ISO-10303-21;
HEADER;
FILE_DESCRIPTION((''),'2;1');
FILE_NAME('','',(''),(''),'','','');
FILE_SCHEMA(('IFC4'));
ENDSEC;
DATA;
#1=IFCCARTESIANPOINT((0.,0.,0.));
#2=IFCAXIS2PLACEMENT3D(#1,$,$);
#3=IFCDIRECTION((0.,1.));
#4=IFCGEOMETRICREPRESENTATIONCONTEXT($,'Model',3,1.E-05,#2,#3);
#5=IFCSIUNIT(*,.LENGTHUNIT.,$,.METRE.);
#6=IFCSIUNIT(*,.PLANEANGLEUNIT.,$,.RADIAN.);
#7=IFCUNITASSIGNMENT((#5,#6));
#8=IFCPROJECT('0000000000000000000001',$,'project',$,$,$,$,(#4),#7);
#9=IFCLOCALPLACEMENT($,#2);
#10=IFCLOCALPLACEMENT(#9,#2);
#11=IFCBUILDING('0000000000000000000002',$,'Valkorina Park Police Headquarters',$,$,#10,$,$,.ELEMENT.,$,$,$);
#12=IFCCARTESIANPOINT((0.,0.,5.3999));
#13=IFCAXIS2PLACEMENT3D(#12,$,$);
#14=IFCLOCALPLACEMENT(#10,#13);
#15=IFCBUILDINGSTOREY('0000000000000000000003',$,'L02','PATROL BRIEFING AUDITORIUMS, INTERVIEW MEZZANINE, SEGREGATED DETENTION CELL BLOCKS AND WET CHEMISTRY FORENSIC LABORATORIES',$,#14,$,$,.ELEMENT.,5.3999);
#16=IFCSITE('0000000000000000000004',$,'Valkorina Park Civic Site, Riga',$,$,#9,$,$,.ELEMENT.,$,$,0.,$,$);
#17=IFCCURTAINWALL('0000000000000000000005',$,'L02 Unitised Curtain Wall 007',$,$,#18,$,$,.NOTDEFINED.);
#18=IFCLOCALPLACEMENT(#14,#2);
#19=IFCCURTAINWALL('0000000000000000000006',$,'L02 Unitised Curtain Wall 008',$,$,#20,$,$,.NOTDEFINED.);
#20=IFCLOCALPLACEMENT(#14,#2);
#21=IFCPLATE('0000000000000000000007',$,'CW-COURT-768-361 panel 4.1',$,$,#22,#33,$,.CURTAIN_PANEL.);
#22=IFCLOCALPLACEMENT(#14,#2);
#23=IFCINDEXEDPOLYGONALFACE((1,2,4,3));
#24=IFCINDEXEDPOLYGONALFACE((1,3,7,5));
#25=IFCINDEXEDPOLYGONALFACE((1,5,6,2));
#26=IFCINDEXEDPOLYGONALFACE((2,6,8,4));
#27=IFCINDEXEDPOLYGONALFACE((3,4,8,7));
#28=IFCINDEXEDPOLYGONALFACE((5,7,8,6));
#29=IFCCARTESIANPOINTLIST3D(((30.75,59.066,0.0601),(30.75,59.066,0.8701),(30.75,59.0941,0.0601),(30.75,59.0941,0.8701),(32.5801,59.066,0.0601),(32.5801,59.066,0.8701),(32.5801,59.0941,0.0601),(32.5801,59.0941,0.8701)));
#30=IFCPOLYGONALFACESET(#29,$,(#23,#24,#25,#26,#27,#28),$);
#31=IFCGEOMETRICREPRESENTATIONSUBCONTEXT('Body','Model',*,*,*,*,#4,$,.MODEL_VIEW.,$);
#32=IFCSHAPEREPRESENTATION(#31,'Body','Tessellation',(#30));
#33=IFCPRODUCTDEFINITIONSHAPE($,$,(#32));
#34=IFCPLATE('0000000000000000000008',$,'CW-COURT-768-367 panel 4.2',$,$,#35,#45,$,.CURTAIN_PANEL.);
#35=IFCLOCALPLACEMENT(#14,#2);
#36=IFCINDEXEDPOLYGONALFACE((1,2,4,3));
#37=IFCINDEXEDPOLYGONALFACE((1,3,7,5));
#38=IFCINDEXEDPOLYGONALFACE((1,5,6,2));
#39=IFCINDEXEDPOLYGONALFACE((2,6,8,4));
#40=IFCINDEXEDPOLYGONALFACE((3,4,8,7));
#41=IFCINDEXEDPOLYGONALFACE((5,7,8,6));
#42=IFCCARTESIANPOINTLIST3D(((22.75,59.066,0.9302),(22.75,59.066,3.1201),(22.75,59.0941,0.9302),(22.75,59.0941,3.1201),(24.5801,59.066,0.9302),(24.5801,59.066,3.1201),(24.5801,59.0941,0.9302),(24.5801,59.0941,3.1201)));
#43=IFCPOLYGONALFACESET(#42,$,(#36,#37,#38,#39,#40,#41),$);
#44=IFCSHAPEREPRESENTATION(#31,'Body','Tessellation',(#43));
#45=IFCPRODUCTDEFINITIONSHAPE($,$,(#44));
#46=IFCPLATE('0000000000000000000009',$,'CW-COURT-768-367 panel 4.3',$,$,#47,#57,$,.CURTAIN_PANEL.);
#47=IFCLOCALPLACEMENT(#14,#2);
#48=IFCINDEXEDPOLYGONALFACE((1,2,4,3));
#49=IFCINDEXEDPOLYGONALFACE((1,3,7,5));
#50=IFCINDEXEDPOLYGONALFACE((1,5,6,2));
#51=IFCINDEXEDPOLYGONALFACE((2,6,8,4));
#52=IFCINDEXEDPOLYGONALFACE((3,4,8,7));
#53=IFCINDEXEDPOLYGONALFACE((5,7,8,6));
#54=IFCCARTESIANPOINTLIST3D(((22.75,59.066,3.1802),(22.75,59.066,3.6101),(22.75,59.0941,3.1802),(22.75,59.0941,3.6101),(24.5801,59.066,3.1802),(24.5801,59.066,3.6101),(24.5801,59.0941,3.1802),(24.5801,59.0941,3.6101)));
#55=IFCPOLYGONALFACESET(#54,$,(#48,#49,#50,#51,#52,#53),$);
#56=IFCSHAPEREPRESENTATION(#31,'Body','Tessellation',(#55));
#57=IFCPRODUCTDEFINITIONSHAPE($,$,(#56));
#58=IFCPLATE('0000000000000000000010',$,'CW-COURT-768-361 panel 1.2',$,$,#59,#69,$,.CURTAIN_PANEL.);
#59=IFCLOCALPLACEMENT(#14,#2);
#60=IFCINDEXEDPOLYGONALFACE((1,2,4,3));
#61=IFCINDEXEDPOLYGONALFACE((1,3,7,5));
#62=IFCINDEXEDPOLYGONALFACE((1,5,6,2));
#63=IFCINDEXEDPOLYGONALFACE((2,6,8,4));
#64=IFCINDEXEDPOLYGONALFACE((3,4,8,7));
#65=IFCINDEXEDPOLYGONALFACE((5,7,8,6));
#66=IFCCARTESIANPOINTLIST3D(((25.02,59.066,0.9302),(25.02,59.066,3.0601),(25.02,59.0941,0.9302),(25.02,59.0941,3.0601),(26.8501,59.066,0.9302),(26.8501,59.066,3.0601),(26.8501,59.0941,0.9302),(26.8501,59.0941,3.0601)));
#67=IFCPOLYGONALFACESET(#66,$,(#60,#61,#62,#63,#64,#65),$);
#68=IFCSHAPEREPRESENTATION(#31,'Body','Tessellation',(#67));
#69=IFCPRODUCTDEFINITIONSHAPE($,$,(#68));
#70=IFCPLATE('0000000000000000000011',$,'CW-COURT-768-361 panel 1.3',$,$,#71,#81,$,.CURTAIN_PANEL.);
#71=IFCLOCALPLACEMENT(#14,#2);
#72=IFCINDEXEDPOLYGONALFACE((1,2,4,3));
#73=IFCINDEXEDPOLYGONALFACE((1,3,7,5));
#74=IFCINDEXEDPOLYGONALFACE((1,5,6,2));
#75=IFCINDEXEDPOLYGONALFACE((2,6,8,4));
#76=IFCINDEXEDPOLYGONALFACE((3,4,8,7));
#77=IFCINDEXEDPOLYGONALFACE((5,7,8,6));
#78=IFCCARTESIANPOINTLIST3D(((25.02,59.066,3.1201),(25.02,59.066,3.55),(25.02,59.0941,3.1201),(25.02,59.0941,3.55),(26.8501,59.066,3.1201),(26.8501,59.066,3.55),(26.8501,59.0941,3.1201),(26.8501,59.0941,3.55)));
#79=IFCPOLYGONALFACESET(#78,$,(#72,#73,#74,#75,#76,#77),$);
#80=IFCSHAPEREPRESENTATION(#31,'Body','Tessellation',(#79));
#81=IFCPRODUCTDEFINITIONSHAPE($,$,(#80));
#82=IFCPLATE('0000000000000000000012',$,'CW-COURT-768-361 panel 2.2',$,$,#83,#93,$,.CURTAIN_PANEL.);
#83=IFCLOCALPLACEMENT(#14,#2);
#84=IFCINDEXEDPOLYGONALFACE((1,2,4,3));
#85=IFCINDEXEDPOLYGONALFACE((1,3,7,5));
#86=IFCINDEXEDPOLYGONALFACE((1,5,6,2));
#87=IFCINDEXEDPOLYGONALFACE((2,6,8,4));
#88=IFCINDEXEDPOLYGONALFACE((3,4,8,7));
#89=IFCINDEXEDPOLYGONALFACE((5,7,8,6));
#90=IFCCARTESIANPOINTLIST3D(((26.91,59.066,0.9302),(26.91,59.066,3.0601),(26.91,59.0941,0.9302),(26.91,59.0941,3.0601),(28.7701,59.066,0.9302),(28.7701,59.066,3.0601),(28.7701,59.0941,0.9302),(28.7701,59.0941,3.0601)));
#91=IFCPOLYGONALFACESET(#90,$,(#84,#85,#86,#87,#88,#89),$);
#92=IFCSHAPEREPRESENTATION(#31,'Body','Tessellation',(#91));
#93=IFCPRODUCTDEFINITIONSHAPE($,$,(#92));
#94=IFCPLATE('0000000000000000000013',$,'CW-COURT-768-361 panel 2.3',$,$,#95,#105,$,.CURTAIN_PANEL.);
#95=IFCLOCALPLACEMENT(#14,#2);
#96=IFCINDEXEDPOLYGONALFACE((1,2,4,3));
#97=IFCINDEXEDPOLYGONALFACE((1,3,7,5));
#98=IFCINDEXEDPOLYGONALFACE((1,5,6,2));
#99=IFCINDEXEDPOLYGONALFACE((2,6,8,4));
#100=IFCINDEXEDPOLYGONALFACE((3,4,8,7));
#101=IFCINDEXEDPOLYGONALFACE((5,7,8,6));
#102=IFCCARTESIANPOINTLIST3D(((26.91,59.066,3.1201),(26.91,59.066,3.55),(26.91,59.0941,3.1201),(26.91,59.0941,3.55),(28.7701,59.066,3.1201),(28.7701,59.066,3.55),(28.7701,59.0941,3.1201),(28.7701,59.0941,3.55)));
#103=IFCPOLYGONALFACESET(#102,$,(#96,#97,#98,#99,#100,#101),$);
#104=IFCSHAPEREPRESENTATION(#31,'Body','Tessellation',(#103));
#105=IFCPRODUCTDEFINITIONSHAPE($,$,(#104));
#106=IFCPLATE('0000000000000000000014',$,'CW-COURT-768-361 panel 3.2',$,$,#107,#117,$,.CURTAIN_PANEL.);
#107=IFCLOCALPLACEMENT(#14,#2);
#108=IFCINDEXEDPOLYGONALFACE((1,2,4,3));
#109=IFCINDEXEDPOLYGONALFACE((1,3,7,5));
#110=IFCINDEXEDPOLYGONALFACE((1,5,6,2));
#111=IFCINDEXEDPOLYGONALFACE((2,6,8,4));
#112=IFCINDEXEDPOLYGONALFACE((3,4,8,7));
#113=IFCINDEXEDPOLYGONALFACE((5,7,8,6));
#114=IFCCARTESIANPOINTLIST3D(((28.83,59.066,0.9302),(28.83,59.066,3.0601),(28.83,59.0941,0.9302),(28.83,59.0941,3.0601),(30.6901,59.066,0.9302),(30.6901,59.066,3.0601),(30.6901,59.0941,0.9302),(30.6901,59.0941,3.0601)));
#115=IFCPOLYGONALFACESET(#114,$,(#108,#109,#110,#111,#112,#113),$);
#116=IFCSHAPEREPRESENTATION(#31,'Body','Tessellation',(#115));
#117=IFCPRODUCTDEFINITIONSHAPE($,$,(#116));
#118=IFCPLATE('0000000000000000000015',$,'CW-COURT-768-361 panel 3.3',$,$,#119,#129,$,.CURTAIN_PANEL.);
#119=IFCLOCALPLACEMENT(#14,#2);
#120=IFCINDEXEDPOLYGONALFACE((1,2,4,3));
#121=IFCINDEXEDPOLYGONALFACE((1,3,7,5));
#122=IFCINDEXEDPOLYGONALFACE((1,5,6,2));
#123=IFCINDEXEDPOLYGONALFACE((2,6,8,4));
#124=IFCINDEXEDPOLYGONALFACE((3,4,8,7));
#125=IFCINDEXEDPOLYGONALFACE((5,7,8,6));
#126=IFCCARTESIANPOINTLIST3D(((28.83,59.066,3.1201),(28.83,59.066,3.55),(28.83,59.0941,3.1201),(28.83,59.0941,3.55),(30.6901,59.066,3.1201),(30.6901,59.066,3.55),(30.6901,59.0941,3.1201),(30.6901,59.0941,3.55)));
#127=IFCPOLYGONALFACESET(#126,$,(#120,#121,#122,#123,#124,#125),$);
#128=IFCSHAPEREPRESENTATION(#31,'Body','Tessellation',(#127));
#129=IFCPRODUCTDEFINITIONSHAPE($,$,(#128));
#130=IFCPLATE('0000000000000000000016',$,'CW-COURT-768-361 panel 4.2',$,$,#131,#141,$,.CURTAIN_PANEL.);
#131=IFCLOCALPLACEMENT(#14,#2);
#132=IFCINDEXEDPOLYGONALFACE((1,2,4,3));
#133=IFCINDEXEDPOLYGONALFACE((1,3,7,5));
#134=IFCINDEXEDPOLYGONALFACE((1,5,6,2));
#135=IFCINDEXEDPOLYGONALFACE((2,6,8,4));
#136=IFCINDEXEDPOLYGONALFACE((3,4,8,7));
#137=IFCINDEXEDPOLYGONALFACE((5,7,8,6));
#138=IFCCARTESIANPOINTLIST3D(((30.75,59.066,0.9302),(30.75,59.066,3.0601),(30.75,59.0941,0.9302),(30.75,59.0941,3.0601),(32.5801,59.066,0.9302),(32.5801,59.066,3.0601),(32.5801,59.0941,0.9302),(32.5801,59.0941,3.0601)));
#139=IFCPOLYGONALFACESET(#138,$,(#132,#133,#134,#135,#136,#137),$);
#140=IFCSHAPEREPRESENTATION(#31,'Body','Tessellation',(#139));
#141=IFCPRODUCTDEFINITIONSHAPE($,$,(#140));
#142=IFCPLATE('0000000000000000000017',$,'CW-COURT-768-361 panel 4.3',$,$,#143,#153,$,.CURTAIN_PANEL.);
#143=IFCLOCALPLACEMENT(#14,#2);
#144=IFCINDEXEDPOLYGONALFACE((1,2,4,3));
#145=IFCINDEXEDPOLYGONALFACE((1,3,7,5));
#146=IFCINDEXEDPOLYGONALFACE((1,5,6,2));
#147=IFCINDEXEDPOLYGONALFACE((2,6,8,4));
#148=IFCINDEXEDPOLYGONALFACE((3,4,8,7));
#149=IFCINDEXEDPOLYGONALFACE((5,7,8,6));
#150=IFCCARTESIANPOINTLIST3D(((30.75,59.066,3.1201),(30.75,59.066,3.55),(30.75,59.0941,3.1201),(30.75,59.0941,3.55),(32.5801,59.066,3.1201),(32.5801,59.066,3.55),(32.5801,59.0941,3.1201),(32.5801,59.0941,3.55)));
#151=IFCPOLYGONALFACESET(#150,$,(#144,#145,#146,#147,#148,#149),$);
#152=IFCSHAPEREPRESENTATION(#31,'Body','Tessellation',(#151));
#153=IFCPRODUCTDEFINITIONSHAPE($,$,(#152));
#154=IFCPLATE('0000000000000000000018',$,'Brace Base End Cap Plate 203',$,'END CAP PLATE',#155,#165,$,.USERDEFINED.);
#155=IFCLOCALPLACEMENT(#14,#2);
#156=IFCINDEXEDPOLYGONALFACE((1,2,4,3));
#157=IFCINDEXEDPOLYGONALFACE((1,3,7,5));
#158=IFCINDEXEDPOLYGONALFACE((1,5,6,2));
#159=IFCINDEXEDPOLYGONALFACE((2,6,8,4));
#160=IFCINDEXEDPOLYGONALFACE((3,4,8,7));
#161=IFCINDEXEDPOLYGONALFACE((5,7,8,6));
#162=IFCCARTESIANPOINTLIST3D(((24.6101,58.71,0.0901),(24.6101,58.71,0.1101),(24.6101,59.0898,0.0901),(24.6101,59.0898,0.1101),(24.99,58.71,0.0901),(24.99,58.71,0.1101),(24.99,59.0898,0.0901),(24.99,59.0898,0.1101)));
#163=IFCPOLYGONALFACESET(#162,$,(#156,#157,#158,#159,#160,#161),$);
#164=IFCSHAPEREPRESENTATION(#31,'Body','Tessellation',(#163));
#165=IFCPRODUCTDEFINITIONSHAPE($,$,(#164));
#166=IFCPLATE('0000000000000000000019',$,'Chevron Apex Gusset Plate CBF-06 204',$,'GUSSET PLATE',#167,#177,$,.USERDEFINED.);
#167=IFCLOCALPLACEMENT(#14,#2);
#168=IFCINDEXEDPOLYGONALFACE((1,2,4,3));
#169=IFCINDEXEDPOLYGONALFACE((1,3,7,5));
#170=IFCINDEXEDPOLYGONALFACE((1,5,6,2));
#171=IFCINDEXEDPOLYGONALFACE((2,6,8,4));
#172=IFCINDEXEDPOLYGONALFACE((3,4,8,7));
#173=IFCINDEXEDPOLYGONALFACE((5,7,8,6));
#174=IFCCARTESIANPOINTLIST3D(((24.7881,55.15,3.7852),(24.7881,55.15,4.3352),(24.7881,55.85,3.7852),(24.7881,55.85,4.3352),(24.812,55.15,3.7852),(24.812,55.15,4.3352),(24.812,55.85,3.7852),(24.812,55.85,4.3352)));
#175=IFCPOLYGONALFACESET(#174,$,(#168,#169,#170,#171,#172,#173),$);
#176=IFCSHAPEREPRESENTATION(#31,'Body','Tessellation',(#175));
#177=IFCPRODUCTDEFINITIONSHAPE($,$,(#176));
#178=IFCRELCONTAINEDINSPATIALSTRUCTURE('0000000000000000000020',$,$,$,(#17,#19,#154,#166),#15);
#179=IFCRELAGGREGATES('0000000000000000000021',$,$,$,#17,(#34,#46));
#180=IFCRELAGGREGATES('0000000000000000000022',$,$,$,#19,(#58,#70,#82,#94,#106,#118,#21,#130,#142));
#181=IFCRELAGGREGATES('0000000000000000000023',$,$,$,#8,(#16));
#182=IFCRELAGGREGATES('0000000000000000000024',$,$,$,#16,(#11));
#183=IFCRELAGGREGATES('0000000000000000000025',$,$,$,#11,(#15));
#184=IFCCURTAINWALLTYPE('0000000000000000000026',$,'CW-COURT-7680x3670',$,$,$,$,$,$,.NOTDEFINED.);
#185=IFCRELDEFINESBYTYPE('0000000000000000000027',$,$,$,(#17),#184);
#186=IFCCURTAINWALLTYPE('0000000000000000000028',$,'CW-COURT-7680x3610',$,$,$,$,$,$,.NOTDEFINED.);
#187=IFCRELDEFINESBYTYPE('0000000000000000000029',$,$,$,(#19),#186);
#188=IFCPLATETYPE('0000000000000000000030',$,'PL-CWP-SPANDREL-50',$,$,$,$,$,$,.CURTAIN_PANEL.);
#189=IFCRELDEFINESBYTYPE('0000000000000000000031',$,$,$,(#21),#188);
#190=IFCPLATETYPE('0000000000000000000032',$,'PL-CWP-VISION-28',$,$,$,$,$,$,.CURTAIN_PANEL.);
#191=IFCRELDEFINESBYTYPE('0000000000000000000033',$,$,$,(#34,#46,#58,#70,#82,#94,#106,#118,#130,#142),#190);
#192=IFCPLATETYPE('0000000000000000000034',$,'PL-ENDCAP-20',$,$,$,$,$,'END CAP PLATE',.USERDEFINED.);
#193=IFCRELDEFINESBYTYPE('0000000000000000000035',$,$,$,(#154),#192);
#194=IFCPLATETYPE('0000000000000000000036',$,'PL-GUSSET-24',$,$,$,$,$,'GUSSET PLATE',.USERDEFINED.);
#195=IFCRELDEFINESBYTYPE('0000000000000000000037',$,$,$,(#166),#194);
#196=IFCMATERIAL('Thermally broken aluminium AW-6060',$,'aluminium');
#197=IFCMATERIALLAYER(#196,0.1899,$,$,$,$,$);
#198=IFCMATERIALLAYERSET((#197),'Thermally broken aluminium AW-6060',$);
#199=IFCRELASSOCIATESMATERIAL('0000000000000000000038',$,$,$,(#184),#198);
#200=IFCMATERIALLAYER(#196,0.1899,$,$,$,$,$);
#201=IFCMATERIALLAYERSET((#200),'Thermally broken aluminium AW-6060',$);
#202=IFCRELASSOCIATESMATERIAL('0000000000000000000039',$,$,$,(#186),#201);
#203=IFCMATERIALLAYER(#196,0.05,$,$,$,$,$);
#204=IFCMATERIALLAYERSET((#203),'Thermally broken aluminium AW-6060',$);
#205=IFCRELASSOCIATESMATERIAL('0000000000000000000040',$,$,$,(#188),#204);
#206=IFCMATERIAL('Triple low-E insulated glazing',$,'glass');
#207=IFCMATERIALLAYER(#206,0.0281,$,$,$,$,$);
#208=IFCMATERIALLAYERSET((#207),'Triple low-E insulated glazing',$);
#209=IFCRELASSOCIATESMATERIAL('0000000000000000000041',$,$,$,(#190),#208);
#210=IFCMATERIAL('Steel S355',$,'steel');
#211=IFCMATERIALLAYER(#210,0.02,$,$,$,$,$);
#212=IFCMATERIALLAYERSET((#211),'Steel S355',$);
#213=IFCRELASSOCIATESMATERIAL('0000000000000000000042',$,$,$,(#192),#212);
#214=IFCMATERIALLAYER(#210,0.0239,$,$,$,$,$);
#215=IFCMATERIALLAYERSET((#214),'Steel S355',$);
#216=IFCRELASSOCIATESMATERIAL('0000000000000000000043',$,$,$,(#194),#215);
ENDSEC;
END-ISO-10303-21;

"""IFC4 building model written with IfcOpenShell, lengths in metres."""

from ifc_helpers import new_model, si_unit, direction, frame, origin, origin_2d, place, context, subcontext, project, spatial, rectangle, extrude, material, layer, layer_set, type_object, element, aggregate, save


model = new_model("IFC4")

# Units and contexts
model_context = context("Model", 3, precision=1e-05, world=origin(), true_north=direction((0.0, 1.0)))
body_context = subcontext(model_context, "Body", "Model", "MODEL_VIEW")
ifc_project = project(units=[si_unit("LENGTHUNIT", "METRE"), si_unit("PLANEANGLEUNIT", "RADIAN")], contexts=[model_context])

# Site, building, storey
site_placement = place(None, origin())
site = spatial("IfcSite", under=ifc_project, at=site_placement, Name="Valkorina Park Civic Site, Riga", CompositionType="ELEMENT", RefElevation=0.0)
building_placement = place(site_placement, origin())
building = spatial("IfcBuilding", under=site, at=building_placement, Name="Valkorina Park Police Headquarters", CompositionType="ELEMENT")
storey_placement = place(building_placement, frame((0.0, 0.0, 5.3999)))
storey = spatial("IfcBuildingStorey", under=building, at=storey_placement, Name="L02", Description="PATROL BRIEFING AUDITORIUMS, INTERVIEW MEZZANINE, SEGREGATED DETENTION CELL BLOCKS AND WET CHEMISTRY FORENSIC LABORATORIES", CompositionType="ELEMENT", Elevation=5.3999)

# Curtain wall
ifc_material_1 = material(Name="Thermally broken aluminium AW-6060", Category="aluminium")
ifc_layer_1 = layer(ifc_material_1, 0.1899)
ifc_layer_set_1 = layer_set([ifc_layer_1], Name="Thermally broken aluminium AW-6060")
curtain_wall_type_1 = type_object("IfcCurtainWallType", Name="CW-COURT-7680x3670", PredefinedType="NOTDEFINED", material=ifc_layer_set_1)
curtain_wall_1_placement = place(storey_placement, origin())
curtain_wall_1 = element("IfcCurtainWall", 1, at=curtain_wall_1_placement, inside=storey, type_object=curtain_wall_type_1, Name="L02 Unitised Curtain Wall 007", PredefinedType="NOTDEFINED")

# Curtain wall
ifc_layer_2 = layer(ifc_material_1, 0.1899)
ifc_layer_set_2 = layer_set([ifc_layer_2], Name="Thermally broken aluminium AW-6060")
curtain_wall_type_2 = type_object("IfcCurtainWallType", Name="CW-COURT-7680x3610", PredefinedType="NOTDEFINED", material=ifc_layer_set_2)
curtain_wall_2_placement = place(storey_placement, origin())
curtain_wall_2 = element("IfcCurtainWall", 2, at=curtain_wall_2_placement, inside=storey, type_object=curtain_wall_type_2, Name="L02 Unitised Curtain Wall 008", PredefinedType="NOTDEFINED")

# Shared definitions
ifc_material_2 = material(Name="Steel S355", Category="steel")

# Plates
ifc_layer_3 = layer(ifc_material_1, 0.05)
ifc_layer_set_3 = layer_set([ifc_layer_3], Name="Thermally broken aluminium AW-6060")
plate_type_1 = type_object("IfcPlateType", Name="PL-CWP-SPANDREL-50", PredefinedType="CURTAIN_PANEL", material=ifc_layer_set_3)
plate_1_placement = place(storey_placement, frame((31.665, 59.0801, 0.0601), z_axis=(0.0, 0.0, 1.0), x_axis=(1.0, 0.0, 0.0)))
plate_1 = element("IfcPlate", 3, at=plate_1_placement, type_object=plate_type_1, Name="CW-COURT-768-361 panel 4.1", PredefinedType="CURTAIN_PANEL", context=body_context, shape_type="SweptSolid", body=[
    extrude(rectangle(XDim=1.8301, YDim=0.0281, at=origin_2d()), origin(), (0.0, 0.0, 1.0), 0.8101),
])
ifc_material_3 = material(Name="Triple low-E insulated glazing", Category="glass")
ifc_layer_4 = layer(ifc_material_3, 0.0281)
ifc_layer_set_4 = layer_set([ifc_layer_4], Name="Triple low-E insulated glazing")
plate_type_2 = type_object("IfcPlateType", Name="PL-CWP-VISION-28", PredefinedType="CURTAIN_PANEL", material=ifc_layer_set_4)
plate_2_placement = place(storey_placement, frame((23.665, 59.0801, 0.9302), z_axis=(0.0, 0.0, 1.0), x_axis=(1.0, 0.0, 0.0)))
plate_2 = element("IfcPlate", 4, at=plate_2_placement, type_object=plate_type_2, Name="CW-COURT-768-367 panel 4.2", PredefinedType="CURTAIN_PANEL", context=body_context, shape_type="SweptSolid", body=[
    extrude(rectangle(XDim=1.8301, YDim=0.0281, at=origin_2d()), origin(), (0.0, 0.0, 1.0), 2.1899),
])
plate_3_placement = place(storey_placement, frame((23.665, 59.0801, 3.1802), z_axis=(0.0, 0.0, 1.0), x_axis=(1.0, 0.0, 0.0)))
plate_3 = element("IfcPlate", 5, at=plate_3_placement, type_object=plate_type_2, Name="CW-COURT-768-367 panel 4.3", PredefinedType="CURTAIN_PANEL", context=body_context, shape_type="SweptSolid", body=[
    extrude(rectangle(XDim=1.8301, YDim=0.0281, at=origin_2d()), origin(), (0.0, 0.0, 1.0), 0.4299),
])
aggregate(curtain_wall_1, [plate_2, plate_3])
plate_4_placement = place(storey_placement, frame((25.9351, 59.0801, 0.9302), z_axis=(0.0, 0.0, 1.0), x_axis=(1.0, 0.0, 0.0)))
plate_4 = element("IfcPlate", 6, at=plate_4_placement, type_object=plate_type_2, Name="CW-COURT-768-361 panel 1.2", PredefinedType="CURTAIN_PANEL", context=body_context, shape_type="SweptSolid", body=[
    extrude(rectangle(XDim=1.8301, YDim=0.0281, at=origin_2d()), origin(), (0.0, 0.0, 1.0), 2.1299),
])
plate_5_placement = place(storey_placement, frame((25.9351, 59.0801, 3.1201), z_axis=(0.0, 0.0, 1.0), x_axis=(1.0, 0.0, 0.0)))
plate_5 = element("IfcPlate", 7, at=plate_5_placement, type_object=plate_type_2, Name="CW-COURT-768-361 panel 1.3", PredefinedType="CURTAIN_PANEL", context=body_context, shape_type="SweptSolid", body=[
    extrude(rectangle(XDim=1.8301, YDim=0.0281, at=origin_2d()), origin(), (0.0, 0.0, 1.0), 0.4299),
])
plate_6_placement = place(storey_placement, frame((27.8401, 59.0801, 0.9302), z_axis=(0.0, 0.0, 1.0), x_axis=(1.0, 0.0, 0.0)))
plate_6 = element("IfcPlate", 8, at=plate_6_placement, type_object=plate_type_2, Name="CW-COURT-768-361 panel 2.2", PredefinedType="CURTAIN_PANEL", context=body_context, shape_type="SweptSolid", body=[
    extrude(rectangle(XDim=1.8601, YDim=0.0281, at=origin_2d()), origin(), (0.0, 0.0, 1.0), 2.1299),
])
plate_7_placement = place(storey_placement, frame((27.8401, 59.0801, 3.1201), z_axis=(0.0, 0.0, 1.0), x_axis=(1.0, 0.0, 0.0)))
plate_7 = element("IfcPlate", 9, at=plate_7_placement, type_object=plate_type_2, Name="CW-COURT-768-361 panel 2.3", PredefinedType="CURTAIN_PANEL", context=body_context, shape_type="SweptSolid", body=[
    extrude(rectangle(XDim=1.8601, YDim=0.0281, at=origin_2d()), origin(), (0.0, 0.0, 1.0), 0.4299),
])
plate_8_placement = place(storey_placement, frame((29.76, 59.0801, 0.9302), z_axis=(0.0, 0.0, 1.0), x_axis=(1.0, 0.0, 0.0)))
plate_8 = element("IfcPlate", 10, at=plate_8_placement, type_object=plate_type_2, Name="CW-COURT-768-361 panel 3.2", PredefinedType="CURTAIN_PANEL", context=body_context, shape_type="SweptSolid", body=[
    extrude(rectangle(XDim=1.8601, YDim=0.0281, at=origin_2d()), origin(), (0.0, 0.0, 1.0), 2.1299),
])
plate_9_placement = place(storey_placement, frame((29.76, 59.0801, 3.1201), z_axis=(0.0, 0.0, 1.0), x_axis=(1.0, 0.0, 0.0)))
plate_9 = element("IfcPlate", 11, at=plate_9_placement, type_object=plate_type_2, Name="CW-COURT-768-361 panel 3.3", PredefinedType="CURTAIN_PANEL", context=body_context, shape_type="SweptSolid", body=[
    extrude(rectangle(XDim=1.8601, YDim=0.0281, at=origin_2d()), origin(), (0.0, 0.0, 1.0), 0.4299),
])
plate_10_placement = place(storey_placement, frame((31.665, 59.0801, 0.9302), z_axis=(0.0, 0.0, 1.0), x_axis=(1.0, 0.0, 0.0)))
plate_10 = element("IfcPlate", 12, at=plate_10_placement, type_object=plate_type_2, Name="CW-COURT-768-361 panel 4.2", PredefinedType="CURTAIN_PANEL", context=body_context, shape_type="SweptSolid", body=[
    extrude(rectangle(XDim=1.8301, YDim=0.0281, at=origin_2d()), origin(), (0.0, 0.0, 1.0), 2.1299),
])
plate_11_placement = place(storey_placement, frame((31.665, 59.0801, 3.1201), z_axis=(0.0, 0.0, 1.0), x_axis=(1.0, 0.0, 0.0)))
plate_11 = element("IfcPlate", 13, at=plate_11_placement, type_object=plate_type_2, Name="CW-COURT-768-361 panel 4.3", PredefinedType="CURTAIN_PANEL", context=body_context, shape_type="SweptSolid", body=[
    extrude(rectangle(XDim=1.8301, YDim=0.0281, at=origin_2d()), origin(), (0.0, 0.0, 1.0), 0.4299),
])
aggregate(curtain_wall_2, [plate_4, plate_5, plate_6, plate_7, plate_8, plate_9, plate_1, plate_10, plate_11])

# Plates
ifc_layer_5 = layer(ifc_material_2, 0.02)
ifc_layer_set_5 = layer_set([ifc_layer_5], Name="Steel S355")
plate_type_3 = type_object("IfcPlateType", Name="PL-ENDCAP-20", ElementType="END CAP PLATE", PredefinedType="USERDEFINED", material=ifc_layer_set_5)
plate_12_placement = place(storey_placement, frame((24.8, 58.8999, 0.0901), z_axis=(0.0, 0.0, 1.0), x_axis=(1.0, 0.0, 0.0)))
element("IfcPlate", 14, at=plate_12_placement, inside=storey, type_object=plate_type_3, Name="Brace Base End Cap Plate 203", ObjectType="END CAP PLATE", PredefinedType="USERDEFINED", context=body_context, shape_type="SweptSolid", body=[
    extrude(rectangle(XDim=0.3799, YDim=0.3799, at=origin_2d()), origin(), (0.0, 0.0, 1.0), 0.02),
])
ifc_layer_6 = layer(ifc_material_2, 0.0239)
ifc_layer_set_6 = layer_set([ifc_layer_6], Name="Steel S355")
plate_type_4 = type_object("IfcPlateType", Name="PL-GUSSET-24", ElementType="GUSSET PLATE", PredefinedType="USERDEFINED", material=ifc_layer_set_6)
plate_13_placement = place(storey_placement, frame((24.8, 55.5, 3.7852), z_axis=(0.0, 0.0, 1.0), x_axis=(1.0, 0.0, 0.0)))
element("IfcPlate", 15, at=plate_13_placement, inside=storey, type_object=plate_type_4, Name="Chevron Apex Gusset Plate CBF-06 204", ObjectType="GUSSET PLATE", PredefinedType="USERDEFINED", context=body_context, shape_type="SweptSolid", body=[
    extrude(rectangle(XDim=0.0239, YDim=0.7, at=origin_2d()), origin(), (0.0, 0.0, 1.0), 0.55),
])

save(model, "model.ifc")
